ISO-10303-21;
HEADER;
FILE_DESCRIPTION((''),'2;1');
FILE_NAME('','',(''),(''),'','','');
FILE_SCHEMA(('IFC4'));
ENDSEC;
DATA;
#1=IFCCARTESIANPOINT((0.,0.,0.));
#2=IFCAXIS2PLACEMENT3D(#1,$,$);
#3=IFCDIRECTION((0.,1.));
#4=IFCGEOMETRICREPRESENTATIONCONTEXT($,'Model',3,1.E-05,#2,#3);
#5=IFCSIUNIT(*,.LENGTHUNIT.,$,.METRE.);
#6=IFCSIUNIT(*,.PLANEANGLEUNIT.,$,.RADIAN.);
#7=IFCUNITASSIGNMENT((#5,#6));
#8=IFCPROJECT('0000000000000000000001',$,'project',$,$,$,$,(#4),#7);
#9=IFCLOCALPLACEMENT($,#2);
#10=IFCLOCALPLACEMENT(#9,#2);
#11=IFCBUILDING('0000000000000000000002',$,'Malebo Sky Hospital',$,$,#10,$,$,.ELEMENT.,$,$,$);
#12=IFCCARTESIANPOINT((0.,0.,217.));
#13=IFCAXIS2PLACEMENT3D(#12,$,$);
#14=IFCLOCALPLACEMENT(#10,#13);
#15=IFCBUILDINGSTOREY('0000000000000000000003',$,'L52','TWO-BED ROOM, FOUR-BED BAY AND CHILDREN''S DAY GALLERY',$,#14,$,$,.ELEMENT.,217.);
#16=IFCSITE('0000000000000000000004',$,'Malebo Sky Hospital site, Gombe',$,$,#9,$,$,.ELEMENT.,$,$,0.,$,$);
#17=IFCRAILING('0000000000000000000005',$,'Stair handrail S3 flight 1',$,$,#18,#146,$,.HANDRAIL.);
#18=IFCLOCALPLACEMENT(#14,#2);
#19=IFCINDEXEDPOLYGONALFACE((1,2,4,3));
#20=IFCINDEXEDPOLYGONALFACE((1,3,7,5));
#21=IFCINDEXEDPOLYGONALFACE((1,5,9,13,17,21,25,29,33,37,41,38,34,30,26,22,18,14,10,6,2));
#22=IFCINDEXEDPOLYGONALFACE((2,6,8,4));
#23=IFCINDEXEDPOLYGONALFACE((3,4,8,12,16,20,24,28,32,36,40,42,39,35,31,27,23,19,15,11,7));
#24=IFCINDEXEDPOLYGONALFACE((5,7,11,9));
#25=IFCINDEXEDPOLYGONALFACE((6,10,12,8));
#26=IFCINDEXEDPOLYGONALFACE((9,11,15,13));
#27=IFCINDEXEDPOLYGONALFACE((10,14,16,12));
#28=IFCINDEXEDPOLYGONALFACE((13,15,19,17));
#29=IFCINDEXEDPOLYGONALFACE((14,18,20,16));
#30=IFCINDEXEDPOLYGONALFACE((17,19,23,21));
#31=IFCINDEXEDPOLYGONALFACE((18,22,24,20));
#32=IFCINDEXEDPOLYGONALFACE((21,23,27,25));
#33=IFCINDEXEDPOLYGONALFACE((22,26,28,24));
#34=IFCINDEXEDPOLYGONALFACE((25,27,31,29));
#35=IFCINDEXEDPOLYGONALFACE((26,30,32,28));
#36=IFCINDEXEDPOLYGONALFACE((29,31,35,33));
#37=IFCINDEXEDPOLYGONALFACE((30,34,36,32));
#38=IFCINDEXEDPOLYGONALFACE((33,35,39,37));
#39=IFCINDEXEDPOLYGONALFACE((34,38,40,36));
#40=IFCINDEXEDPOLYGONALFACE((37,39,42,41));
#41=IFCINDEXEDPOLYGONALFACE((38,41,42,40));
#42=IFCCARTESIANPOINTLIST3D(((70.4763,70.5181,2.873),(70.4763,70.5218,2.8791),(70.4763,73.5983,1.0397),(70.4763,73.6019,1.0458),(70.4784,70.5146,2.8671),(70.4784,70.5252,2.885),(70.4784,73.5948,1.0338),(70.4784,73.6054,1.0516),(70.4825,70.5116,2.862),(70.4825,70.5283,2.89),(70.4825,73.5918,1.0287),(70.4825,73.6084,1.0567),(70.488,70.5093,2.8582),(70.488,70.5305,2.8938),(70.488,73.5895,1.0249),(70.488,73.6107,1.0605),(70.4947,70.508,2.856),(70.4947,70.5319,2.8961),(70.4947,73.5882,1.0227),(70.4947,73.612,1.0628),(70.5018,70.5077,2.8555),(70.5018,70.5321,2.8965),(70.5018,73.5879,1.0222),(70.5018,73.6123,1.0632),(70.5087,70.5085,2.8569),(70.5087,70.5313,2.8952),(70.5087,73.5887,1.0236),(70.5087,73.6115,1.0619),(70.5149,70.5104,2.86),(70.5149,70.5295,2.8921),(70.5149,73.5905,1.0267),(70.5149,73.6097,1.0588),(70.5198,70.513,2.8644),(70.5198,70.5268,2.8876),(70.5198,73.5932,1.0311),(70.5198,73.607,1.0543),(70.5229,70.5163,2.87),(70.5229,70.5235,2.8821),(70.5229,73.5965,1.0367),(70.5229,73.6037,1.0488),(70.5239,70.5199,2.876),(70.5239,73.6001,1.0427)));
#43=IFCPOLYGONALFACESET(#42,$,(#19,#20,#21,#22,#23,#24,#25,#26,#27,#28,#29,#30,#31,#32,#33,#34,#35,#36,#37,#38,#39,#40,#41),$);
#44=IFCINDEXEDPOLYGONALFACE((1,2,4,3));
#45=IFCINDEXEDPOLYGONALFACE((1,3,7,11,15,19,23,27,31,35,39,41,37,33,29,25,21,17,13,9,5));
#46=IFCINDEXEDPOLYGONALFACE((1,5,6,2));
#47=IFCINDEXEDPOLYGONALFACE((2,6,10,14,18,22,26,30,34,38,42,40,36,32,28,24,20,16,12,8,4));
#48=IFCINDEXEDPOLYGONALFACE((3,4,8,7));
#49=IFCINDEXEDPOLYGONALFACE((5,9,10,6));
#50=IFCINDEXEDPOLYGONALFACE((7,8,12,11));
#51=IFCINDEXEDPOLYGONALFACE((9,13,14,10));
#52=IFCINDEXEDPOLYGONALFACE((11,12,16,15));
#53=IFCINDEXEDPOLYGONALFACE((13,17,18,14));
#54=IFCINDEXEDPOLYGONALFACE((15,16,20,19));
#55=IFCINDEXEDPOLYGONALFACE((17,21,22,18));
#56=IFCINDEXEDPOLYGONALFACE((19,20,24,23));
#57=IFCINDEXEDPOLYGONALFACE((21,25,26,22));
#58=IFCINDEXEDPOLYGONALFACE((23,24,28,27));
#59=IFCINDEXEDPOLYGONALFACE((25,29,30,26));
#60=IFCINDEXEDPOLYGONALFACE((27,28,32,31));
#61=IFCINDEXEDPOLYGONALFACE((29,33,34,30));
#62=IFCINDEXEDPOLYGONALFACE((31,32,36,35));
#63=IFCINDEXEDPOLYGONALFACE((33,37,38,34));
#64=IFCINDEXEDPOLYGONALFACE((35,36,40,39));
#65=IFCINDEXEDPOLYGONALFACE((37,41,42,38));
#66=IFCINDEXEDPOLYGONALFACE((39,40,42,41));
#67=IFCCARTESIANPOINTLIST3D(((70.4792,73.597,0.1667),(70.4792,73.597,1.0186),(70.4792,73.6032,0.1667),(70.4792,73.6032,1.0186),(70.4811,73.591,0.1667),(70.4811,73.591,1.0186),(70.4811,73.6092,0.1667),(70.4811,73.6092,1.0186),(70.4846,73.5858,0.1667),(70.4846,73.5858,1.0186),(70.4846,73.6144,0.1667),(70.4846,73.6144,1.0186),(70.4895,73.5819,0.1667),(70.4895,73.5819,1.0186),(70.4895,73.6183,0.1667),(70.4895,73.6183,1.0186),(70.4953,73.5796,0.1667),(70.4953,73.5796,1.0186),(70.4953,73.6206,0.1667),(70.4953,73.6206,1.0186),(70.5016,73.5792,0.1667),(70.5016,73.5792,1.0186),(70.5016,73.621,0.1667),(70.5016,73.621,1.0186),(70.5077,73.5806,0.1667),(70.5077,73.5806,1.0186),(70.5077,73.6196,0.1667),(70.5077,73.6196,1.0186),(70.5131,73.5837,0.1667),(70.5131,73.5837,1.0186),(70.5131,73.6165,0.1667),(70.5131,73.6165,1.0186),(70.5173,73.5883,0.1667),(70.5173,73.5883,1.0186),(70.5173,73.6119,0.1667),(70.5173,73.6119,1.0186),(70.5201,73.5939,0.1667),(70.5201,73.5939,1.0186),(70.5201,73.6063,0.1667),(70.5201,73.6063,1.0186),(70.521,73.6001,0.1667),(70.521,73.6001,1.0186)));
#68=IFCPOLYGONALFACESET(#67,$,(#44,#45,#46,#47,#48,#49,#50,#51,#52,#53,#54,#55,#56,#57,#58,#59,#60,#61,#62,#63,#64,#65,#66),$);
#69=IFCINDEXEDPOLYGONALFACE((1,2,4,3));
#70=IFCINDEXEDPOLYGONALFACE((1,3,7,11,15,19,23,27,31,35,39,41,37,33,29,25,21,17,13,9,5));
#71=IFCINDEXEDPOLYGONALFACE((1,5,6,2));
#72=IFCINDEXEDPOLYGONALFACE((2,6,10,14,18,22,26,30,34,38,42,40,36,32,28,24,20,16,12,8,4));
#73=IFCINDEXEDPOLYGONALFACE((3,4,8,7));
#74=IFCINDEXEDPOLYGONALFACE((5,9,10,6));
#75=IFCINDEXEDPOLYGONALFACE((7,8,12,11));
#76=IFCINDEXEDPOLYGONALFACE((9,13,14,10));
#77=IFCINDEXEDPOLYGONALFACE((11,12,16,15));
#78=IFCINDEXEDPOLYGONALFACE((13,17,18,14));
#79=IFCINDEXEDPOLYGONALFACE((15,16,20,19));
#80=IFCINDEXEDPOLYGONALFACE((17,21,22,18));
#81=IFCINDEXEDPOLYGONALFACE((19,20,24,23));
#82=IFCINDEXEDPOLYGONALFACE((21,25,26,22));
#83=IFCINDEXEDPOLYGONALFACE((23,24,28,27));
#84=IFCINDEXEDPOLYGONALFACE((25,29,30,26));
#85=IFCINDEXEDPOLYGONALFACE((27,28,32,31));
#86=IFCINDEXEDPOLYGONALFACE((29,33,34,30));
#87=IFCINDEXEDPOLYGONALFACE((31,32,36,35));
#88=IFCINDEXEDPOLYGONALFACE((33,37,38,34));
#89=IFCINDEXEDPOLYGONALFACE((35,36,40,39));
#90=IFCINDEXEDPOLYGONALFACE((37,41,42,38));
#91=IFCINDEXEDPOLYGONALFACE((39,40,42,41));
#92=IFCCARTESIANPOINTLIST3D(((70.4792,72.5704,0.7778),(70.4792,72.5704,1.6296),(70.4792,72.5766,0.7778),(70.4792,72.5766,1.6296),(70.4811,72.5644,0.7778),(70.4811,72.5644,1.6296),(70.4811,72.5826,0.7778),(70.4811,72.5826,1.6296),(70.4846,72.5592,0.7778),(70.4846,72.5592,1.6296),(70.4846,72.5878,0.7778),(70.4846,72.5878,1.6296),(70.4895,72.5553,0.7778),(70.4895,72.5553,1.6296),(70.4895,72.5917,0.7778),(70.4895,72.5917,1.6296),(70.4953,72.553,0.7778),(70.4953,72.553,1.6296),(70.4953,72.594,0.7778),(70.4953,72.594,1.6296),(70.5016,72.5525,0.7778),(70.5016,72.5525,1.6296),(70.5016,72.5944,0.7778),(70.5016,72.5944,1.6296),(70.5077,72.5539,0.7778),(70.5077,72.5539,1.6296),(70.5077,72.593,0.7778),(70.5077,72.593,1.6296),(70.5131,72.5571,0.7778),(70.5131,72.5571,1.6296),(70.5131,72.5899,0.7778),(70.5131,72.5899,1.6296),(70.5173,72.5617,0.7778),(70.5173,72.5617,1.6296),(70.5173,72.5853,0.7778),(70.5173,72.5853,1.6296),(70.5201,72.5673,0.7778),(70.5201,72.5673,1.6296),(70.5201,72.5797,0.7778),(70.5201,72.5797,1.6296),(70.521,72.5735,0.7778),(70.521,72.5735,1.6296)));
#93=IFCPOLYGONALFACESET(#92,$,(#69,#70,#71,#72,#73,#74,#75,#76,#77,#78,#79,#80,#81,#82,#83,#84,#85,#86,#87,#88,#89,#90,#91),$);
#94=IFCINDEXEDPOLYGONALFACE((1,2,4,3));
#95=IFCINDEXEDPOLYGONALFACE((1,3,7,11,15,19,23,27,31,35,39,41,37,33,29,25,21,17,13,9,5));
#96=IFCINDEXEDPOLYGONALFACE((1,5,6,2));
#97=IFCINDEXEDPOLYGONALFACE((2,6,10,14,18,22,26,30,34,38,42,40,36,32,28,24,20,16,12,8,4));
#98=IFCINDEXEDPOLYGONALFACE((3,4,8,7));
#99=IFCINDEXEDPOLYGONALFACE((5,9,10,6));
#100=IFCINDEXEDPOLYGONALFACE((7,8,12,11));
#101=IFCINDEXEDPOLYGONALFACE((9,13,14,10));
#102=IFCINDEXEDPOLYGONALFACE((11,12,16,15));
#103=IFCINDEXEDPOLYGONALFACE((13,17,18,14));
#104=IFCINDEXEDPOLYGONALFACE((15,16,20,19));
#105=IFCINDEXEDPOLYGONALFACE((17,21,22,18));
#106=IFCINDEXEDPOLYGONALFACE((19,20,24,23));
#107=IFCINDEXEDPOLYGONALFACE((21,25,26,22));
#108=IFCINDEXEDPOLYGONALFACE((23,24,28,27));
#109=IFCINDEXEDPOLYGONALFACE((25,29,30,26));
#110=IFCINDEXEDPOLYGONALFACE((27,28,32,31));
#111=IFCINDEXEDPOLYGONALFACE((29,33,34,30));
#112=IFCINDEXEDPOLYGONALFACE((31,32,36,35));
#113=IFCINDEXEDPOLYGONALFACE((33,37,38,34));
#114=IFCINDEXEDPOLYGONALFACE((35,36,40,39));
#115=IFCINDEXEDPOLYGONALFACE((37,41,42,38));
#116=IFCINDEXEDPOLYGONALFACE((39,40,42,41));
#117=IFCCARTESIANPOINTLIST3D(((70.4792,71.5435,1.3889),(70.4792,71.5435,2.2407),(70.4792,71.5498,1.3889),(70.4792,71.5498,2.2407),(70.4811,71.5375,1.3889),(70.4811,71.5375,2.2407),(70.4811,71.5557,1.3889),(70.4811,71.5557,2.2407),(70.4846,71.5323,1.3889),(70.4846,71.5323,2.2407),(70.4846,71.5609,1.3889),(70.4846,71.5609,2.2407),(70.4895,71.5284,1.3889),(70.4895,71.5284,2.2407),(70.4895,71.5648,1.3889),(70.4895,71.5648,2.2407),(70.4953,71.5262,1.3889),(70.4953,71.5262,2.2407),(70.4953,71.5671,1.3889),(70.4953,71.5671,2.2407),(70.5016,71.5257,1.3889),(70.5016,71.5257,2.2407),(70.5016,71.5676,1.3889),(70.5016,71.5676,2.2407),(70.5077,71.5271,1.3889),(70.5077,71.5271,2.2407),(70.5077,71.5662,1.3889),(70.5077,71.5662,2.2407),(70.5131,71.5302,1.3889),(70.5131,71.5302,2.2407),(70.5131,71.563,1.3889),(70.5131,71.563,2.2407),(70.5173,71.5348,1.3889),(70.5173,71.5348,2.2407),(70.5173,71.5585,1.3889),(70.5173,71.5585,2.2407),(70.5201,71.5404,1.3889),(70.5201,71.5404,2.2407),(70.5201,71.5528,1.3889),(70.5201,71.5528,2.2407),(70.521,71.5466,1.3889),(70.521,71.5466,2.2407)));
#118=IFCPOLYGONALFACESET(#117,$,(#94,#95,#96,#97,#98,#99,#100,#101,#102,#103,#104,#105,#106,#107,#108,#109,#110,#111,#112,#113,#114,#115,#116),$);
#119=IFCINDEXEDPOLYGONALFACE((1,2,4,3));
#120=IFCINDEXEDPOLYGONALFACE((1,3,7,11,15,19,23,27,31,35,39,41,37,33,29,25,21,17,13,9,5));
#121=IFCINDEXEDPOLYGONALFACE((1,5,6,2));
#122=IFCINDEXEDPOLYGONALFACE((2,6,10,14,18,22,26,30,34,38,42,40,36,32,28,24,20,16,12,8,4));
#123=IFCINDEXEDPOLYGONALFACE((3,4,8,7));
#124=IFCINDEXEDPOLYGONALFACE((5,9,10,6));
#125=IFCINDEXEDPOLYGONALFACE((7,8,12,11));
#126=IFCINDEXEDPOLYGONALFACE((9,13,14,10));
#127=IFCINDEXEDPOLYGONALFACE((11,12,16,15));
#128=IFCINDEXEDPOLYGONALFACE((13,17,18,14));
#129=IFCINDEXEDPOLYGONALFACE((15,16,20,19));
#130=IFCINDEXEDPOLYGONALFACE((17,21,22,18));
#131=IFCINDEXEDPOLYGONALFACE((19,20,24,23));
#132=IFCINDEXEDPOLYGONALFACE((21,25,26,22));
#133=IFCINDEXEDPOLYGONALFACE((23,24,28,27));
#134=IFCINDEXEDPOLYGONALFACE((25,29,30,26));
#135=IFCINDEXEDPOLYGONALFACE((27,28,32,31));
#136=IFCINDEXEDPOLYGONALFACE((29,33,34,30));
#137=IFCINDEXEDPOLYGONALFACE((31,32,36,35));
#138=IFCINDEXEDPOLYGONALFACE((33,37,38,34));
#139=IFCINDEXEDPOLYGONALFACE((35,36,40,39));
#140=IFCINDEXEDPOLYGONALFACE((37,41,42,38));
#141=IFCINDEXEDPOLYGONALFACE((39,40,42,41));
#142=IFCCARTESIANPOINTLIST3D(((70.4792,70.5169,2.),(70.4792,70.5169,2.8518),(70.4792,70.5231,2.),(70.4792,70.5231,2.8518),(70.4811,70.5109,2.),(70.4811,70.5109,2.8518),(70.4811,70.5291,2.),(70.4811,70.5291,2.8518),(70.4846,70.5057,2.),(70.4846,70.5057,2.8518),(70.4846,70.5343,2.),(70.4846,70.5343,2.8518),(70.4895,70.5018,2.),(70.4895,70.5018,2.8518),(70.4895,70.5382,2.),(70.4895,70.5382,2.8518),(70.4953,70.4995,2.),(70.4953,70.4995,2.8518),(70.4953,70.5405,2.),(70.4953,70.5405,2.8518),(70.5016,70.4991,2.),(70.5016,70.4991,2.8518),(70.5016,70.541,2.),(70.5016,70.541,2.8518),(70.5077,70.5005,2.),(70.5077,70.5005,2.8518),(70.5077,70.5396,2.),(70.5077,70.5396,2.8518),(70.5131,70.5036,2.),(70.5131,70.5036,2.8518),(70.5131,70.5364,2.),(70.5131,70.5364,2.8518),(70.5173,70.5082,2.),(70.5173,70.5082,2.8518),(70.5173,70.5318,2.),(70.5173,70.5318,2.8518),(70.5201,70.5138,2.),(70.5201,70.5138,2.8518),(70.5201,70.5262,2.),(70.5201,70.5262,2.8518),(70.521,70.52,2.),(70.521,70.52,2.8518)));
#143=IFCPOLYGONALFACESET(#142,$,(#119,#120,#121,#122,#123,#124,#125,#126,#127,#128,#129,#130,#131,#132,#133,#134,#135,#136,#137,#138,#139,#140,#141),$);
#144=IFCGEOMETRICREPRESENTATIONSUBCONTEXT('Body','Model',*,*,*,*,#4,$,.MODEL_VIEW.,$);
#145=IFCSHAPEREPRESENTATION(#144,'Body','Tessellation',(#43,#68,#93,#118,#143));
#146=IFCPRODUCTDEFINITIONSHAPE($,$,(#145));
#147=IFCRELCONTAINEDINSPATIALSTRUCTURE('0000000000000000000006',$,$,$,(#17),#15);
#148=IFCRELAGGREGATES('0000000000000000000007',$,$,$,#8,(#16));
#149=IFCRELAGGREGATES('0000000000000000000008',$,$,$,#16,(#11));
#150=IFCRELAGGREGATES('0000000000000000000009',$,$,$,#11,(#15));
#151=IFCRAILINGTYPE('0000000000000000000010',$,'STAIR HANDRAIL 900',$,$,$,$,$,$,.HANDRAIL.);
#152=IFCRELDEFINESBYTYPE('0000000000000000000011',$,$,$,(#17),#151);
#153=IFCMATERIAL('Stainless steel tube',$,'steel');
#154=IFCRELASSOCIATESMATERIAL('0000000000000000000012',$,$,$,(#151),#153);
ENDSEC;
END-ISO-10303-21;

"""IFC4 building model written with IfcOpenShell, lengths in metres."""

from ifc_helpers import new_model, si_unit, direction, frame, origin, origin_2d, place, context, subcontext, project, spatial, circle, extrude, material, type_object, element, save


model = new_model("IFC4")

# Units and contexts
model_context = context("Model", 3, precision=1e-05, world=origin(), true_north=direction((0.0, 1.0)))
body_context = subcontext(model_context, "Body", "Model", "MODEL_VIEW")
ifc_project = project(units=[si_unit("LENGTHUNIT", "METRE"), si_unit("PLANEANGLEUNIT", "RADIAN")], contexts=[model_context])

# Site, building, storey
site_placement = place(None, origin())
site = spatial("IfcSite", under=ifc_project, at=site_placement, Name="Malebo Sky Hospital site, Gombe", CompositionType="ELEMENT", RefElevation=0.0)
building_placement = place(site_placement, origin())
building = spatial("IfcBuilding", under=site, at=building_placement, Name="Malebo Sky Hospital", CompositionType="ELEMENT")
storey_placement = place(building_placement, frame((0.0, 0.0, 217.0)))
storey = spatial("IfcBuildingStorey", under=building, at=storey_placement, Name="L52", Description="TWO-BED ROOM, FOUR-BED BAY AND CHILDREN'S DAY GALLERY", CompositionType="ELEMENT", Elevation=217.0)

# Railing
ifc_material_1 = material(Name="Stainless steel tube", Category="steel")
railing_type = type_object("IfcRailingType", Name="STAIR HANDRAIL 900", PredefinedType="HANDRAIL", material=ifc_material_1)
railing_1_placement = place(storey_placement, frame((70.5, 73.6001, 0.1667)))
element("IfcRailing", 1, at=railing_1_placement, inside=storey, type_object=railing_type, Name="Stair handrail S3 flight 1", PredefinedType="HANDRAIL", context=body_context, shape_type="SweptSolid", body=[
    extrude(circle(Radius=0.0239, at=origin_2d()), frame((0.0, 0.0, 0.876), z_axis=(0.0, -0.859309, 0.511458), x_axis=(1.0, 0.0, 0.0)), (0.0, 0.0, 1.0), 3.5845),
    extrude(circle(Radius=0.021, at=origin_2d()), origin(), (0.0, 0.0, 1.0), 0.8518),
    extrude(circle(Radius=0.021, at=origin_2d()), frame((0.0, -1.0266, 0.6111)), (0.0, 0.0, 1.0), 0.8518),
    extrude(circle(Radius=0.021, at=origin_2d()), frame((0.0, -2.0535, 1.2222)), (0.0, 0.0, 1.0), 0.8518),
    extrude(circle(Radius=0.021, at=origin_2d()), frame((0.0, -3.0801, 1.8333)), (0.0, 0.0, 1.0), 0.8518),
])

save(model, "model.ifc")
